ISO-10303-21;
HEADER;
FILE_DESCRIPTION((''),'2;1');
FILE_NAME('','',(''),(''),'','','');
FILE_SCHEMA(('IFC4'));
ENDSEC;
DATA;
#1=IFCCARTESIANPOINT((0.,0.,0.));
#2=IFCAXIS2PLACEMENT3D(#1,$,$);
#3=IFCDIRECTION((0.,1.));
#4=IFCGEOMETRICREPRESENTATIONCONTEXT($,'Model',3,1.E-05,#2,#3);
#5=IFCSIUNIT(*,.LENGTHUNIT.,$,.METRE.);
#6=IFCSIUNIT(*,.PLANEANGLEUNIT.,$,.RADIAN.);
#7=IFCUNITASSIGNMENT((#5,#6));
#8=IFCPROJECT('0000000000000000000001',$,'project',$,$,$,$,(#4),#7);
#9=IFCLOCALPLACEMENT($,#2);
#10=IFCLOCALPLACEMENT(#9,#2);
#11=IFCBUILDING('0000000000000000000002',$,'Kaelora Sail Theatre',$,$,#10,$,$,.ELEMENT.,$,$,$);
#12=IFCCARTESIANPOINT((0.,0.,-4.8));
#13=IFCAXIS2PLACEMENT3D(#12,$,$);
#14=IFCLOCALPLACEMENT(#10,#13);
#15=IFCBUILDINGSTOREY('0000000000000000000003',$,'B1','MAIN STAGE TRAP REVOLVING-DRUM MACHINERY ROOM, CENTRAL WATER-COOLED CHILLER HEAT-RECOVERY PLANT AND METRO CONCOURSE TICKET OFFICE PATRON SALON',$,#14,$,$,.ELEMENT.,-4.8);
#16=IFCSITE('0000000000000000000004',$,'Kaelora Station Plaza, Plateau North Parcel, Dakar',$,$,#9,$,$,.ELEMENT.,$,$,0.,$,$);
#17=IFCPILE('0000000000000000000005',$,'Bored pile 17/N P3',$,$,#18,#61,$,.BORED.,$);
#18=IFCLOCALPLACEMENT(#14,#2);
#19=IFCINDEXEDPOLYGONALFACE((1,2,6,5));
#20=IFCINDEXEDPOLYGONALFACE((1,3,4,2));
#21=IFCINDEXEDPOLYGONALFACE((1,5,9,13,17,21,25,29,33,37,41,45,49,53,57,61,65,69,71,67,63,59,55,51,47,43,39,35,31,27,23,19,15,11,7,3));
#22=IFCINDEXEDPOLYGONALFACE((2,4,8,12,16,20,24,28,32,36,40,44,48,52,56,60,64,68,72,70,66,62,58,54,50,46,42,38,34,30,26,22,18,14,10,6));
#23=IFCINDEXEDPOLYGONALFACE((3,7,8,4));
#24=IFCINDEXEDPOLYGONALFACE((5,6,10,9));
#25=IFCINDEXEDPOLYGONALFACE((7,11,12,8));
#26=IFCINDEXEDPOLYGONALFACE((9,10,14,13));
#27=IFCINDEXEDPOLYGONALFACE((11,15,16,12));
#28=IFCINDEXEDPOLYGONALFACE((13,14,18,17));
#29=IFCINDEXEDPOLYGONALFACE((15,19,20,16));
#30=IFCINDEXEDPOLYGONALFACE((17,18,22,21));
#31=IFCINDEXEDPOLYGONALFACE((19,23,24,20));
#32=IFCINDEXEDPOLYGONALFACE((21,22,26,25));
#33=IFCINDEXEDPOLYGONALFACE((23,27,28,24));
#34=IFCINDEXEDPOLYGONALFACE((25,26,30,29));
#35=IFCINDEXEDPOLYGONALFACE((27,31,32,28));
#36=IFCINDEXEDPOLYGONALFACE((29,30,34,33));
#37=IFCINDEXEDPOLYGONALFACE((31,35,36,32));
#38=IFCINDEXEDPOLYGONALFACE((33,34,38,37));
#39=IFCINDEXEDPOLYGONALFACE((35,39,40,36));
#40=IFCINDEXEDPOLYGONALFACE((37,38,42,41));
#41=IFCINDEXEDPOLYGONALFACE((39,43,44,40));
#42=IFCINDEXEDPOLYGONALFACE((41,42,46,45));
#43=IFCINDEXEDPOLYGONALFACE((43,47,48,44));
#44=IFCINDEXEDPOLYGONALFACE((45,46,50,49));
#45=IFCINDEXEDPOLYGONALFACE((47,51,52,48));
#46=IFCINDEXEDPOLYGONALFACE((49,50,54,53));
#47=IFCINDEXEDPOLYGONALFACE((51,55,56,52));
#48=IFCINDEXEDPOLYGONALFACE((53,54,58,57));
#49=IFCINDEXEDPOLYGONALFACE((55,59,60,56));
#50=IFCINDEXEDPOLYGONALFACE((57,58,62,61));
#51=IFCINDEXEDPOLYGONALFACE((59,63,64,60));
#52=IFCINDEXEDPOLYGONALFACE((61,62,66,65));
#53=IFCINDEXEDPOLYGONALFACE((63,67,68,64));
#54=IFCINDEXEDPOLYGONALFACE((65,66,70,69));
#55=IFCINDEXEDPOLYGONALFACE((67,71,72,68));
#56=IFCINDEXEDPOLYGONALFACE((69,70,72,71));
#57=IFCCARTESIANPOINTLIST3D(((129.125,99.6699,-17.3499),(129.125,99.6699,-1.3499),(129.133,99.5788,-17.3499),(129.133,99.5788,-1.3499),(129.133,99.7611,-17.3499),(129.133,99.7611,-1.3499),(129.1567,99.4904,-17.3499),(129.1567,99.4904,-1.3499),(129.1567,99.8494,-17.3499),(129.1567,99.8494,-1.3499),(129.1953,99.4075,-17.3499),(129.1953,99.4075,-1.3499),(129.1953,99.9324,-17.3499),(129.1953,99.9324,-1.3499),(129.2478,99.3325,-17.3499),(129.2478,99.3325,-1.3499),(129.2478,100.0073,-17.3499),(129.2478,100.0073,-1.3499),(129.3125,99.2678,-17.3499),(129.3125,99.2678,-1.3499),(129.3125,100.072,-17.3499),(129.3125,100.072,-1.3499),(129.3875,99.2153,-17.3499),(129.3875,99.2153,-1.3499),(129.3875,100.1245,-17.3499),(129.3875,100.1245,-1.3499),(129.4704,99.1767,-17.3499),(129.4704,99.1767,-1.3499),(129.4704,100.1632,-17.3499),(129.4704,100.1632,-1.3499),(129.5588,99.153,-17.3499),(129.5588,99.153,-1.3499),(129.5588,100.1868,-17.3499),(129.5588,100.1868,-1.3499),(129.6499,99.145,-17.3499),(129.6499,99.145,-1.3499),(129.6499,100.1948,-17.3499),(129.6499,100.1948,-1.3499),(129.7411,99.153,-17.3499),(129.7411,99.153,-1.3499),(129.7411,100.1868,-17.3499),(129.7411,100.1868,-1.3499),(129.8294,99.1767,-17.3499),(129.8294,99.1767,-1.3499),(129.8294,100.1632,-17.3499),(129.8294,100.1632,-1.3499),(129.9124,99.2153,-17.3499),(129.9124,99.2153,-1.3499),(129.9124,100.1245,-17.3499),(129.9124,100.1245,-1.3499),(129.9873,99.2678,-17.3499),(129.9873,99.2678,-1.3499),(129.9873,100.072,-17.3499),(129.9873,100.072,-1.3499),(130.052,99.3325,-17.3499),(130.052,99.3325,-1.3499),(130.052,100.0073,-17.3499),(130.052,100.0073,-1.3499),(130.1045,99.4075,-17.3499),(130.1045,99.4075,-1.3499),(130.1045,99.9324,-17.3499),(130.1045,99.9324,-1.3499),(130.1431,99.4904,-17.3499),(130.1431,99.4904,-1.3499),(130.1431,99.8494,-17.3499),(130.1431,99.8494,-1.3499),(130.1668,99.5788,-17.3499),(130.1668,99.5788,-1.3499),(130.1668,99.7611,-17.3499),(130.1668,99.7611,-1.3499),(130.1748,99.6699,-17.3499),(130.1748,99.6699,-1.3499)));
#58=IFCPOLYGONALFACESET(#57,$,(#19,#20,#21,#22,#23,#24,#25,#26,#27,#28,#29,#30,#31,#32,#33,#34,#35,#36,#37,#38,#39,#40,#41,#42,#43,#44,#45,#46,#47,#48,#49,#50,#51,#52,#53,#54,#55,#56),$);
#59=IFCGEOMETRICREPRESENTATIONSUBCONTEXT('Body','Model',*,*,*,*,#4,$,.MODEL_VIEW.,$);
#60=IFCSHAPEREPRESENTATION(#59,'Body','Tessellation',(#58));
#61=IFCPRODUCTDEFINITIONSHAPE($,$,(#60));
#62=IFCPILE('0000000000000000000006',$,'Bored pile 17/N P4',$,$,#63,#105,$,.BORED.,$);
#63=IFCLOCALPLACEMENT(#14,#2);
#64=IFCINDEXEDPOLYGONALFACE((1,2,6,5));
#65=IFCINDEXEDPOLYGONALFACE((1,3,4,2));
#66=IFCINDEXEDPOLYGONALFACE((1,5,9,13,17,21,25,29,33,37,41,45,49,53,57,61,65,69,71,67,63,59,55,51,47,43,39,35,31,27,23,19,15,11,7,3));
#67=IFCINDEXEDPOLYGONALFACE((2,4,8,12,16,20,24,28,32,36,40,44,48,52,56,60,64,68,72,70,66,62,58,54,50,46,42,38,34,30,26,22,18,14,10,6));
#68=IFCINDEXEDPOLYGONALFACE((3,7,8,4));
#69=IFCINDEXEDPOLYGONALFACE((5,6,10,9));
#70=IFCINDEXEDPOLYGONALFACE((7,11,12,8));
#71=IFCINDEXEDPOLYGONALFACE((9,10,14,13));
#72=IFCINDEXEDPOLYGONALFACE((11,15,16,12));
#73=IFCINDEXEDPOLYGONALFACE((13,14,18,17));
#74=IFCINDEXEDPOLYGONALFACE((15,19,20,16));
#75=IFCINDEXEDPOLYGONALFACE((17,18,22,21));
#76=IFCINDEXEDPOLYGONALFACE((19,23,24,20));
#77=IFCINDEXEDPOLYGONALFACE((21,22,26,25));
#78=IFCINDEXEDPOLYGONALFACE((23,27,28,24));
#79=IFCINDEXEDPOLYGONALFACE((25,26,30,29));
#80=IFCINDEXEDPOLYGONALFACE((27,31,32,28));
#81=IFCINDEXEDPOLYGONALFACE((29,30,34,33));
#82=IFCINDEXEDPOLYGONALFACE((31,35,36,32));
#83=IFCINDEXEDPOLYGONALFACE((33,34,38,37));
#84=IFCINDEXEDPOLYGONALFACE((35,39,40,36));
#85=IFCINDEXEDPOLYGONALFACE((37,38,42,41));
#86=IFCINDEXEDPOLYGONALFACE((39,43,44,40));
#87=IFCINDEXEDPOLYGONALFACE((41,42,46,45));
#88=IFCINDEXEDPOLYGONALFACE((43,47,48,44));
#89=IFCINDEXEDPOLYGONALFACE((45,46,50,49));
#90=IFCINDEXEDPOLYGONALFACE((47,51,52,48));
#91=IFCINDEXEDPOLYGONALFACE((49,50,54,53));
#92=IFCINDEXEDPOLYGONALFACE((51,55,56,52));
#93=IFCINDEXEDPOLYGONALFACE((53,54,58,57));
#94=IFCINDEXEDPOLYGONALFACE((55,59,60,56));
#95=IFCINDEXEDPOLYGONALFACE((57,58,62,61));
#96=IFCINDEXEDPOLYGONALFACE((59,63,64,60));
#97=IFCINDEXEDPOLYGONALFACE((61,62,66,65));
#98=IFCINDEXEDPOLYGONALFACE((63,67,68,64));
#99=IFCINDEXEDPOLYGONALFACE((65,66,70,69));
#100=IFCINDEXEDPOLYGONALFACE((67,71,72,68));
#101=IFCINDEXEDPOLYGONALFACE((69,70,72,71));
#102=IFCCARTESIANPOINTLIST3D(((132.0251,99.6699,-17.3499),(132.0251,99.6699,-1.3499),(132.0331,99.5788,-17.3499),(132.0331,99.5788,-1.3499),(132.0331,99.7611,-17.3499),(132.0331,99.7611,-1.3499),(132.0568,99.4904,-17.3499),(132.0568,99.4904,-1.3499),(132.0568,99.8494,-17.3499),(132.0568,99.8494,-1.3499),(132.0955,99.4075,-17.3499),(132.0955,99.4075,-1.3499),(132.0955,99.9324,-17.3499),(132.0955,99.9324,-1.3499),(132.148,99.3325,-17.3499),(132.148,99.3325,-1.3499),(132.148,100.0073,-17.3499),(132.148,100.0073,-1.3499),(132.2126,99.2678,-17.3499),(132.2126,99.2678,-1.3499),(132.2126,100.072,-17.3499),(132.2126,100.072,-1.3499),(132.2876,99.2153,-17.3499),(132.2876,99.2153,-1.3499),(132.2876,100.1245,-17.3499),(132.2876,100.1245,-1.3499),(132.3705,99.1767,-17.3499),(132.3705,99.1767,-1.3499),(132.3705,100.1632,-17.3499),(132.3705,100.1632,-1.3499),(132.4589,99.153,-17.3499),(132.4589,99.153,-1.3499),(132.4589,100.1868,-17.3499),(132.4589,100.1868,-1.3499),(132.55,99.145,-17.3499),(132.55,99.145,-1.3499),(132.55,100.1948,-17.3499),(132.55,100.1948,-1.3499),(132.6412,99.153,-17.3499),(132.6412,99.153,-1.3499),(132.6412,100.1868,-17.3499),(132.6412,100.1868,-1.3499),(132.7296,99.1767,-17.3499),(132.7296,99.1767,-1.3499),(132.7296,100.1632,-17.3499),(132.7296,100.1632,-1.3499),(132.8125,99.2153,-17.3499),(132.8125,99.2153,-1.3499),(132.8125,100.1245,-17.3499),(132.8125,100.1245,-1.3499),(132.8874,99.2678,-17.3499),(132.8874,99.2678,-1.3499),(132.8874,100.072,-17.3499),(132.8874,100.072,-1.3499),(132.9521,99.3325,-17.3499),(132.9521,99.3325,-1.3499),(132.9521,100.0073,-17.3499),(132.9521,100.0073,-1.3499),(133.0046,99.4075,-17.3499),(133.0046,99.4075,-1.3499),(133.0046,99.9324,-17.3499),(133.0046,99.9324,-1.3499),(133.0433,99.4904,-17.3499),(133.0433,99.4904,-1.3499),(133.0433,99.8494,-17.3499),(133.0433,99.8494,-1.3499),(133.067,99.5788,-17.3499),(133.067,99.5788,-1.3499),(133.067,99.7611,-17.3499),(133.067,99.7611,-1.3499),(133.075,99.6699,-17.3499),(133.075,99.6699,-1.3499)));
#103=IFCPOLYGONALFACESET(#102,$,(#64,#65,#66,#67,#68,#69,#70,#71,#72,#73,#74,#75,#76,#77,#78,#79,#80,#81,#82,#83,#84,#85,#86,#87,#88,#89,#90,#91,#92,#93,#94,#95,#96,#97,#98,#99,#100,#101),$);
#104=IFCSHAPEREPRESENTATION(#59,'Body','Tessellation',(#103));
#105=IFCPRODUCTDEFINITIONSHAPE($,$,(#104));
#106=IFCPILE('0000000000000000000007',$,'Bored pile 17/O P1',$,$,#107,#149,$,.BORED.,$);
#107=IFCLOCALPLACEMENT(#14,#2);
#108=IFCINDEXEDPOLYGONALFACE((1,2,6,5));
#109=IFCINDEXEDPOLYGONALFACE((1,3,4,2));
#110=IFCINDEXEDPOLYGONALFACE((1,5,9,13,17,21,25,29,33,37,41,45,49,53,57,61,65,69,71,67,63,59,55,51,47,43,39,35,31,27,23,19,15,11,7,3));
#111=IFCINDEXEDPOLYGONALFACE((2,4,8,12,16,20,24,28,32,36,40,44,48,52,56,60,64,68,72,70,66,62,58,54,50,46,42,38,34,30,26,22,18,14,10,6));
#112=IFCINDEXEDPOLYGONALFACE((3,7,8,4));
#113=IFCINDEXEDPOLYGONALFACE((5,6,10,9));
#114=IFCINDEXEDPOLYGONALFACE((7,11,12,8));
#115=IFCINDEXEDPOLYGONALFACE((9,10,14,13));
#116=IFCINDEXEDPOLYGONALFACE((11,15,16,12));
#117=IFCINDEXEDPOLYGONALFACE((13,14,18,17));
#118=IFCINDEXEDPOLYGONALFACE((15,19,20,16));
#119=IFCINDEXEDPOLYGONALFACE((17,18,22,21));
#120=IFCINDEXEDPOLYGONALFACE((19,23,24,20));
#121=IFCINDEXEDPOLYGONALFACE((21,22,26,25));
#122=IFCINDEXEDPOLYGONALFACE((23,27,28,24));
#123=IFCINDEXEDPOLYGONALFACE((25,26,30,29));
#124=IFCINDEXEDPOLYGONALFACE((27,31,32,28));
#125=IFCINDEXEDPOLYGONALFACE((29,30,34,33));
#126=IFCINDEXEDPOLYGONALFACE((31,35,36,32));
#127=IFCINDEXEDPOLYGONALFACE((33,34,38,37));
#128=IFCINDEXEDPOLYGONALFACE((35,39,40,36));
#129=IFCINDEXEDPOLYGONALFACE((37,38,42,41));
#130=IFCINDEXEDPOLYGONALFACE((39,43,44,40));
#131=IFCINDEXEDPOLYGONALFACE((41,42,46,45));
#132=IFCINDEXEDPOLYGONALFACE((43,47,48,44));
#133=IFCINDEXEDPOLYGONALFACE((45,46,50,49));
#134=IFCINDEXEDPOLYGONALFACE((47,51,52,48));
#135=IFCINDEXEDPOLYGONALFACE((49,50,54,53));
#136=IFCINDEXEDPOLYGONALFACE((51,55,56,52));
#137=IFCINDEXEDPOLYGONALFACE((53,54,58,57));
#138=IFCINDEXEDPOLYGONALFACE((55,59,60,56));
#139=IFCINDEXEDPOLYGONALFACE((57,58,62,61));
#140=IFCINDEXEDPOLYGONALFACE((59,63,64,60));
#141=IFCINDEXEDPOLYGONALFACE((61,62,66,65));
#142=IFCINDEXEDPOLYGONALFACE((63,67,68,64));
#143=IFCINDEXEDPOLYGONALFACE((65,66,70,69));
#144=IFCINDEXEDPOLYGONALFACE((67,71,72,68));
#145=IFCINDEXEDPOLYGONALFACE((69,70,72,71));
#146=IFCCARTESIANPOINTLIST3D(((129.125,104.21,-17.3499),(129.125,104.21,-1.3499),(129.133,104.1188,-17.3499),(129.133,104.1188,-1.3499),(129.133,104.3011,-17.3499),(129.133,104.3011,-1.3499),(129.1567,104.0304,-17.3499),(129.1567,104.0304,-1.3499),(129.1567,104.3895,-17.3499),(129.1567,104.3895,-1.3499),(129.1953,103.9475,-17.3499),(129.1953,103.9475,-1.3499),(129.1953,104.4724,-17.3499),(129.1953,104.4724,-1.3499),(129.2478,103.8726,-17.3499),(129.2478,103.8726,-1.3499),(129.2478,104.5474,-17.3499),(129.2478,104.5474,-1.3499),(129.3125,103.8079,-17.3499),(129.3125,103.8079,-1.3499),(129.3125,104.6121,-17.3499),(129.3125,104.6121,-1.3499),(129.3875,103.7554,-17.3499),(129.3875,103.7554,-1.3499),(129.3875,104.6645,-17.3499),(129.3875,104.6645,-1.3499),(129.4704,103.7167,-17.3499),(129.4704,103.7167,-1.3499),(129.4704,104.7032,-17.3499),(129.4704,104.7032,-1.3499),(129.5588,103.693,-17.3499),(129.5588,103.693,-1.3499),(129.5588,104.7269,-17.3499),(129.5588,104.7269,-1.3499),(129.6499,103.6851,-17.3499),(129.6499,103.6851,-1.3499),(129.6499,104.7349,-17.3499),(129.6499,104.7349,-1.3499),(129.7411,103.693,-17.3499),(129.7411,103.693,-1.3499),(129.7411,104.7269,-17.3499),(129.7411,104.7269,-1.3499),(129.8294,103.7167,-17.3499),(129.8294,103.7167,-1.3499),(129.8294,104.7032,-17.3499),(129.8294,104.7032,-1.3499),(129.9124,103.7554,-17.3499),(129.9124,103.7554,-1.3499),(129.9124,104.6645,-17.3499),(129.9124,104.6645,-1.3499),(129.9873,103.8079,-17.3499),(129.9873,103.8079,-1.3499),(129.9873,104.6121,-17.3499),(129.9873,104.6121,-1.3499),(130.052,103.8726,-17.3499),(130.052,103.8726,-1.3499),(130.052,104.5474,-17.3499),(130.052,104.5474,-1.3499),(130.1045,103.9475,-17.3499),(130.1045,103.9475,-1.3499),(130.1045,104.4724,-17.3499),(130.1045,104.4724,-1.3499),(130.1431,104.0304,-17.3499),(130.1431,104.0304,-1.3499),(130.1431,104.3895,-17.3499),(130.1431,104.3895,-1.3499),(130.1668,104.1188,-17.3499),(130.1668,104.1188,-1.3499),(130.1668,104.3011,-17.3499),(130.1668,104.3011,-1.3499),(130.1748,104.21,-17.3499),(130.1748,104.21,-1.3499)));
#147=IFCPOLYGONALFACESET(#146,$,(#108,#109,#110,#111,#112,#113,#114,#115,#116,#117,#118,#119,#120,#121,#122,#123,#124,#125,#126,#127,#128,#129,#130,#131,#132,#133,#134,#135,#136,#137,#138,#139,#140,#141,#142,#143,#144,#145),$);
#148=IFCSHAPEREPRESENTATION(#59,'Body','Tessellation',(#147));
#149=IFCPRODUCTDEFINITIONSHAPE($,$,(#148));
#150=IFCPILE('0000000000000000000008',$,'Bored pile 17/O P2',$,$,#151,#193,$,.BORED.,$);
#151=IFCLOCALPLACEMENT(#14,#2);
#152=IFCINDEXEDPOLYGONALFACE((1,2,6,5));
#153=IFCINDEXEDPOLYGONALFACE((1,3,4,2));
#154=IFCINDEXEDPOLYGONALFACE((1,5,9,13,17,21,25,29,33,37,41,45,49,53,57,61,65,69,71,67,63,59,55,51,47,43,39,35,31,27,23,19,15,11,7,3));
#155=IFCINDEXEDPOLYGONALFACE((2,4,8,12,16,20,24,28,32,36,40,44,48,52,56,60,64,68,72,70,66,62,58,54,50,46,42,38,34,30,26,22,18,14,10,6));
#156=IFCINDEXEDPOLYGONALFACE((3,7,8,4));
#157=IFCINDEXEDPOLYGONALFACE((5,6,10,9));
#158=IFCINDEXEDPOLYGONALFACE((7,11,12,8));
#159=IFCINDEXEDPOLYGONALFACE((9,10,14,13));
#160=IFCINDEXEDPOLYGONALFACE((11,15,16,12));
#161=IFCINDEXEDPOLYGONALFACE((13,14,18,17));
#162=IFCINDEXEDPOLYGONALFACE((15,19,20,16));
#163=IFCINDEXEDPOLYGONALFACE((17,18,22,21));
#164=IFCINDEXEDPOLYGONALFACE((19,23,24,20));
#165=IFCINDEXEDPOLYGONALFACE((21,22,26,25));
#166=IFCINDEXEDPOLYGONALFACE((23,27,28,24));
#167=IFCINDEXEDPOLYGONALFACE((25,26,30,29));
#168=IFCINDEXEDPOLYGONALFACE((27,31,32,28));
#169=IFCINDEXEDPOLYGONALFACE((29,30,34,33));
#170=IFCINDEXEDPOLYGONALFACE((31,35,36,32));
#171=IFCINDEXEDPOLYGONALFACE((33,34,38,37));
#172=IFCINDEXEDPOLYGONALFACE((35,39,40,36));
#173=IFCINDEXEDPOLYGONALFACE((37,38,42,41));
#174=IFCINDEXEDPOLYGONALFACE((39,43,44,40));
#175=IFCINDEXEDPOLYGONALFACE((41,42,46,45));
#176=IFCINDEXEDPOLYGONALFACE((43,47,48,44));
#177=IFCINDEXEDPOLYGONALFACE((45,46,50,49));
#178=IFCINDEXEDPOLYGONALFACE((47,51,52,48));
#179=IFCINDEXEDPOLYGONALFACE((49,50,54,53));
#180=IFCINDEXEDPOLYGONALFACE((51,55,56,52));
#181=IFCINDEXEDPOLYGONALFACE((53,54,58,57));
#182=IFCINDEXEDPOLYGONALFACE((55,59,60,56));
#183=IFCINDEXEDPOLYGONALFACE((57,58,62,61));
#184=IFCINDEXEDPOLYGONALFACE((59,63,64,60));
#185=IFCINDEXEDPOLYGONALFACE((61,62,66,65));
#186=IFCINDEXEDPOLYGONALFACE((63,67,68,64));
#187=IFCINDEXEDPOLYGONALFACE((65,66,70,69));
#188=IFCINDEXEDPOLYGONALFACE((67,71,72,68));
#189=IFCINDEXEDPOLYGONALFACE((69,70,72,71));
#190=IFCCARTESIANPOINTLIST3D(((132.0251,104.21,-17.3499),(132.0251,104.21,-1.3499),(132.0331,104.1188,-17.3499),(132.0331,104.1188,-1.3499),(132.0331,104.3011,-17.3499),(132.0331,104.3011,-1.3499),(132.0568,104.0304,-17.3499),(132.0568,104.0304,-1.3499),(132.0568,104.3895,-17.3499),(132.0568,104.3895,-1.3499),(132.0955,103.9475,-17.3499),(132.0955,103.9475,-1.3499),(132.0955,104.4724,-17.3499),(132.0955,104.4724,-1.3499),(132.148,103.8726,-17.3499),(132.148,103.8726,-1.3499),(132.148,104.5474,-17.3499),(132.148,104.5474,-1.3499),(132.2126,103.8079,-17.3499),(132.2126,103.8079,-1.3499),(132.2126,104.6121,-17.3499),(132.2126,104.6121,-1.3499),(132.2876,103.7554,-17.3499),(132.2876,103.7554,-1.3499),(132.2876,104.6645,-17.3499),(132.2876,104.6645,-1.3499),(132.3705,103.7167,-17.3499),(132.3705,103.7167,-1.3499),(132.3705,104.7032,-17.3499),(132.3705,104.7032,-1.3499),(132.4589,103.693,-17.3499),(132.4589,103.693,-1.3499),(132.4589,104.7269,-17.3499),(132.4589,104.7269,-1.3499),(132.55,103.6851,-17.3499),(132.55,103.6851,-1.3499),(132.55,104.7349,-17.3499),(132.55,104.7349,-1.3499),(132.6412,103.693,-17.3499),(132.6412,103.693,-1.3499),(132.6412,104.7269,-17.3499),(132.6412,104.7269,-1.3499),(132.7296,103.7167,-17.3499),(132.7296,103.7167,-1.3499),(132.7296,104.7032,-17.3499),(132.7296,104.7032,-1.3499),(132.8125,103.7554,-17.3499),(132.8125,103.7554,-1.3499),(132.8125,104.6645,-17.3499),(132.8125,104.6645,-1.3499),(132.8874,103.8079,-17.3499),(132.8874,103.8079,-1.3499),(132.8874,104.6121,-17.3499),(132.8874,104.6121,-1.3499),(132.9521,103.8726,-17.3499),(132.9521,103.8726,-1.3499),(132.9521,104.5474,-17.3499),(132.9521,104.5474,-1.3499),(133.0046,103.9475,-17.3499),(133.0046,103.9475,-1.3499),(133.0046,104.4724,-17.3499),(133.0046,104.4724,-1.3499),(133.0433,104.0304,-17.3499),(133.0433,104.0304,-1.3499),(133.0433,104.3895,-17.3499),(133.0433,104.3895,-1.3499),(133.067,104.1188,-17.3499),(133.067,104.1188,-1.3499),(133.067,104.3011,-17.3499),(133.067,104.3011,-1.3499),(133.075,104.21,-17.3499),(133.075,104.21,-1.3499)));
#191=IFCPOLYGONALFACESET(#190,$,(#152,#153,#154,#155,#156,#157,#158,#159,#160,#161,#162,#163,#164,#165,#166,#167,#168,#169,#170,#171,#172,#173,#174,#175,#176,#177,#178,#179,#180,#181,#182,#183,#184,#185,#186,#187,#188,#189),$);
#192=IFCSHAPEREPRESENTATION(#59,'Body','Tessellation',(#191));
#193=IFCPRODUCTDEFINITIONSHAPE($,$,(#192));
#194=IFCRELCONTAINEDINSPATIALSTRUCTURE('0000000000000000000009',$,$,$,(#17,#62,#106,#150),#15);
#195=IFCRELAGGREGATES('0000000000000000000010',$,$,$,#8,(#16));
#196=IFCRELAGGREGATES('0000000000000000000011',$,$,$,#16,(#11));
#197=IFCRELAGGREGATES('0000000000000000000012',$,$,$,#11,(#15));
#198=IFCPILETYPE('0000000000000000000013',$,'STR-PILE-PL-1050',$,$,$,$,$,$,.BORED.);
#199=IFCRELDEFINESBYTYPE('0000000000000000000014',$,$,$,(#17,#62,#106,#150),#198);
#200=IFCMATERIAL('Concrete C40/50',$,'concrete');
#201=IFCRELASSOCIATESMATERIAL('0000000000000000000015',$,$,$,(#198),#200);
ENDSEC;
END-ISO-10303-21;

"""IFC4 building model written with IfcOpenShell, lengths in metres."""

from ifc_helpers import new_model, si_unit, direction, frame, origin, origin_2d, place, context, subcontext, project, spatial, circle, extrude, material, material_profile, profile_set, type_object, element, save


model = new_model("IFC4")

# Units and contexts
model_context = context("Model", 3, precision=1e-05, world=origin(), true_north=direction((0.0, 1.0)))
body_context = subcontext(model_context, "Body", "Model", "MODEL_VIEW")
ifc_project = project(units=[si_unit("LENGTHUNIT", "METRE"), si_unit("PLANEANGLEUNIT", "RADIAN")], contexts=[model_context])

# Site, building, storey
site_placement = place(None, origin())
site = spatial("IfcSite", under=ifc_project, at=site_placement, Name="Kaelora Station Plaza, Plateau North Parcel, Dakar", CompositionType="ELEMENT", RefElevation=0.0)
building_placement = place(site_placement, origin())
building = spatial("IfcBuilding", under=site, at=building_placement, Name="Kaelora Sail Theatre", CompositionType="ELEMENT")
storey_placement = place(building_placement, frame((0.0, 0.0, -4.8)))
storey = spatial("IfcBuildingStorey", under=building, at=storey_placement, Name="B1", Description="MAIN STAGE TRAP REVOLVING-DRUM MACHINERY ROOM, CENTRAL WATER-COOLED CHILLER HEAT-RECOVERY PLANT AND METRO CONCOURSE TICKET OFFICE PATRON SALON", CompositionType="ELEMENT", Elevation=-4.8)

# Piles
ifc_material_1 = material(Name="Concrete C40/50", Category="concrete")
ifc_material_profile_1 = material_profile(ifc_material_1, circle(Radius=0.5249, at=origin_2d()), Name="PILE D1050")
ifc_profile_set_1 = profile_set([ifc_material_profile_1], Name="Concrete C40/50")
pile_type_1 = type_object("IfcPileType", Name="STR-PILE-PL-1050", PredefinedType="BORED", material=ifc_profile_set_1)
for number, where, z_axis, x_axis, name in (
    (1, (129.6499, 99.6699, -1.3499), (0.0, 0.0, -1.0), (1.0, 0.0, 0.0), "Bored pile 17/N P3"),
    (2, (132.55, 99.6699, -1.3499), (0.0, 0.0, -1.0), (1.0, 0.0, 0.0), "Bored pile 17/N P4"),
    (3, (129.6499, 104.21, -1.3499), (0.0, 0.0, -1.0), (1.0, 0.0, 0.0), "Bored pile 17/O P1"),
    (4, (132.55, 104.21, -1.3499), (0.0, 0.0, -1.0), (1.0, 0.0, 0.0), "Bored pile 17/O P2"),
):
    element("IfcPile", number, at=place(storey_placement, frame(where, z_axis=z_axis, x_axis=x_axis)), inside=storey, type_object=pile_type_1, Name=name, PredefinedType="BORED", context=body_context, shape_type="SweptSolid", body=[
        extrude(circle(Radius=0.5249, at=origin_2d()), origin(), (0.0, 0.0, 1.0), 16.0),
    ])

save(model, "model.ifc")
